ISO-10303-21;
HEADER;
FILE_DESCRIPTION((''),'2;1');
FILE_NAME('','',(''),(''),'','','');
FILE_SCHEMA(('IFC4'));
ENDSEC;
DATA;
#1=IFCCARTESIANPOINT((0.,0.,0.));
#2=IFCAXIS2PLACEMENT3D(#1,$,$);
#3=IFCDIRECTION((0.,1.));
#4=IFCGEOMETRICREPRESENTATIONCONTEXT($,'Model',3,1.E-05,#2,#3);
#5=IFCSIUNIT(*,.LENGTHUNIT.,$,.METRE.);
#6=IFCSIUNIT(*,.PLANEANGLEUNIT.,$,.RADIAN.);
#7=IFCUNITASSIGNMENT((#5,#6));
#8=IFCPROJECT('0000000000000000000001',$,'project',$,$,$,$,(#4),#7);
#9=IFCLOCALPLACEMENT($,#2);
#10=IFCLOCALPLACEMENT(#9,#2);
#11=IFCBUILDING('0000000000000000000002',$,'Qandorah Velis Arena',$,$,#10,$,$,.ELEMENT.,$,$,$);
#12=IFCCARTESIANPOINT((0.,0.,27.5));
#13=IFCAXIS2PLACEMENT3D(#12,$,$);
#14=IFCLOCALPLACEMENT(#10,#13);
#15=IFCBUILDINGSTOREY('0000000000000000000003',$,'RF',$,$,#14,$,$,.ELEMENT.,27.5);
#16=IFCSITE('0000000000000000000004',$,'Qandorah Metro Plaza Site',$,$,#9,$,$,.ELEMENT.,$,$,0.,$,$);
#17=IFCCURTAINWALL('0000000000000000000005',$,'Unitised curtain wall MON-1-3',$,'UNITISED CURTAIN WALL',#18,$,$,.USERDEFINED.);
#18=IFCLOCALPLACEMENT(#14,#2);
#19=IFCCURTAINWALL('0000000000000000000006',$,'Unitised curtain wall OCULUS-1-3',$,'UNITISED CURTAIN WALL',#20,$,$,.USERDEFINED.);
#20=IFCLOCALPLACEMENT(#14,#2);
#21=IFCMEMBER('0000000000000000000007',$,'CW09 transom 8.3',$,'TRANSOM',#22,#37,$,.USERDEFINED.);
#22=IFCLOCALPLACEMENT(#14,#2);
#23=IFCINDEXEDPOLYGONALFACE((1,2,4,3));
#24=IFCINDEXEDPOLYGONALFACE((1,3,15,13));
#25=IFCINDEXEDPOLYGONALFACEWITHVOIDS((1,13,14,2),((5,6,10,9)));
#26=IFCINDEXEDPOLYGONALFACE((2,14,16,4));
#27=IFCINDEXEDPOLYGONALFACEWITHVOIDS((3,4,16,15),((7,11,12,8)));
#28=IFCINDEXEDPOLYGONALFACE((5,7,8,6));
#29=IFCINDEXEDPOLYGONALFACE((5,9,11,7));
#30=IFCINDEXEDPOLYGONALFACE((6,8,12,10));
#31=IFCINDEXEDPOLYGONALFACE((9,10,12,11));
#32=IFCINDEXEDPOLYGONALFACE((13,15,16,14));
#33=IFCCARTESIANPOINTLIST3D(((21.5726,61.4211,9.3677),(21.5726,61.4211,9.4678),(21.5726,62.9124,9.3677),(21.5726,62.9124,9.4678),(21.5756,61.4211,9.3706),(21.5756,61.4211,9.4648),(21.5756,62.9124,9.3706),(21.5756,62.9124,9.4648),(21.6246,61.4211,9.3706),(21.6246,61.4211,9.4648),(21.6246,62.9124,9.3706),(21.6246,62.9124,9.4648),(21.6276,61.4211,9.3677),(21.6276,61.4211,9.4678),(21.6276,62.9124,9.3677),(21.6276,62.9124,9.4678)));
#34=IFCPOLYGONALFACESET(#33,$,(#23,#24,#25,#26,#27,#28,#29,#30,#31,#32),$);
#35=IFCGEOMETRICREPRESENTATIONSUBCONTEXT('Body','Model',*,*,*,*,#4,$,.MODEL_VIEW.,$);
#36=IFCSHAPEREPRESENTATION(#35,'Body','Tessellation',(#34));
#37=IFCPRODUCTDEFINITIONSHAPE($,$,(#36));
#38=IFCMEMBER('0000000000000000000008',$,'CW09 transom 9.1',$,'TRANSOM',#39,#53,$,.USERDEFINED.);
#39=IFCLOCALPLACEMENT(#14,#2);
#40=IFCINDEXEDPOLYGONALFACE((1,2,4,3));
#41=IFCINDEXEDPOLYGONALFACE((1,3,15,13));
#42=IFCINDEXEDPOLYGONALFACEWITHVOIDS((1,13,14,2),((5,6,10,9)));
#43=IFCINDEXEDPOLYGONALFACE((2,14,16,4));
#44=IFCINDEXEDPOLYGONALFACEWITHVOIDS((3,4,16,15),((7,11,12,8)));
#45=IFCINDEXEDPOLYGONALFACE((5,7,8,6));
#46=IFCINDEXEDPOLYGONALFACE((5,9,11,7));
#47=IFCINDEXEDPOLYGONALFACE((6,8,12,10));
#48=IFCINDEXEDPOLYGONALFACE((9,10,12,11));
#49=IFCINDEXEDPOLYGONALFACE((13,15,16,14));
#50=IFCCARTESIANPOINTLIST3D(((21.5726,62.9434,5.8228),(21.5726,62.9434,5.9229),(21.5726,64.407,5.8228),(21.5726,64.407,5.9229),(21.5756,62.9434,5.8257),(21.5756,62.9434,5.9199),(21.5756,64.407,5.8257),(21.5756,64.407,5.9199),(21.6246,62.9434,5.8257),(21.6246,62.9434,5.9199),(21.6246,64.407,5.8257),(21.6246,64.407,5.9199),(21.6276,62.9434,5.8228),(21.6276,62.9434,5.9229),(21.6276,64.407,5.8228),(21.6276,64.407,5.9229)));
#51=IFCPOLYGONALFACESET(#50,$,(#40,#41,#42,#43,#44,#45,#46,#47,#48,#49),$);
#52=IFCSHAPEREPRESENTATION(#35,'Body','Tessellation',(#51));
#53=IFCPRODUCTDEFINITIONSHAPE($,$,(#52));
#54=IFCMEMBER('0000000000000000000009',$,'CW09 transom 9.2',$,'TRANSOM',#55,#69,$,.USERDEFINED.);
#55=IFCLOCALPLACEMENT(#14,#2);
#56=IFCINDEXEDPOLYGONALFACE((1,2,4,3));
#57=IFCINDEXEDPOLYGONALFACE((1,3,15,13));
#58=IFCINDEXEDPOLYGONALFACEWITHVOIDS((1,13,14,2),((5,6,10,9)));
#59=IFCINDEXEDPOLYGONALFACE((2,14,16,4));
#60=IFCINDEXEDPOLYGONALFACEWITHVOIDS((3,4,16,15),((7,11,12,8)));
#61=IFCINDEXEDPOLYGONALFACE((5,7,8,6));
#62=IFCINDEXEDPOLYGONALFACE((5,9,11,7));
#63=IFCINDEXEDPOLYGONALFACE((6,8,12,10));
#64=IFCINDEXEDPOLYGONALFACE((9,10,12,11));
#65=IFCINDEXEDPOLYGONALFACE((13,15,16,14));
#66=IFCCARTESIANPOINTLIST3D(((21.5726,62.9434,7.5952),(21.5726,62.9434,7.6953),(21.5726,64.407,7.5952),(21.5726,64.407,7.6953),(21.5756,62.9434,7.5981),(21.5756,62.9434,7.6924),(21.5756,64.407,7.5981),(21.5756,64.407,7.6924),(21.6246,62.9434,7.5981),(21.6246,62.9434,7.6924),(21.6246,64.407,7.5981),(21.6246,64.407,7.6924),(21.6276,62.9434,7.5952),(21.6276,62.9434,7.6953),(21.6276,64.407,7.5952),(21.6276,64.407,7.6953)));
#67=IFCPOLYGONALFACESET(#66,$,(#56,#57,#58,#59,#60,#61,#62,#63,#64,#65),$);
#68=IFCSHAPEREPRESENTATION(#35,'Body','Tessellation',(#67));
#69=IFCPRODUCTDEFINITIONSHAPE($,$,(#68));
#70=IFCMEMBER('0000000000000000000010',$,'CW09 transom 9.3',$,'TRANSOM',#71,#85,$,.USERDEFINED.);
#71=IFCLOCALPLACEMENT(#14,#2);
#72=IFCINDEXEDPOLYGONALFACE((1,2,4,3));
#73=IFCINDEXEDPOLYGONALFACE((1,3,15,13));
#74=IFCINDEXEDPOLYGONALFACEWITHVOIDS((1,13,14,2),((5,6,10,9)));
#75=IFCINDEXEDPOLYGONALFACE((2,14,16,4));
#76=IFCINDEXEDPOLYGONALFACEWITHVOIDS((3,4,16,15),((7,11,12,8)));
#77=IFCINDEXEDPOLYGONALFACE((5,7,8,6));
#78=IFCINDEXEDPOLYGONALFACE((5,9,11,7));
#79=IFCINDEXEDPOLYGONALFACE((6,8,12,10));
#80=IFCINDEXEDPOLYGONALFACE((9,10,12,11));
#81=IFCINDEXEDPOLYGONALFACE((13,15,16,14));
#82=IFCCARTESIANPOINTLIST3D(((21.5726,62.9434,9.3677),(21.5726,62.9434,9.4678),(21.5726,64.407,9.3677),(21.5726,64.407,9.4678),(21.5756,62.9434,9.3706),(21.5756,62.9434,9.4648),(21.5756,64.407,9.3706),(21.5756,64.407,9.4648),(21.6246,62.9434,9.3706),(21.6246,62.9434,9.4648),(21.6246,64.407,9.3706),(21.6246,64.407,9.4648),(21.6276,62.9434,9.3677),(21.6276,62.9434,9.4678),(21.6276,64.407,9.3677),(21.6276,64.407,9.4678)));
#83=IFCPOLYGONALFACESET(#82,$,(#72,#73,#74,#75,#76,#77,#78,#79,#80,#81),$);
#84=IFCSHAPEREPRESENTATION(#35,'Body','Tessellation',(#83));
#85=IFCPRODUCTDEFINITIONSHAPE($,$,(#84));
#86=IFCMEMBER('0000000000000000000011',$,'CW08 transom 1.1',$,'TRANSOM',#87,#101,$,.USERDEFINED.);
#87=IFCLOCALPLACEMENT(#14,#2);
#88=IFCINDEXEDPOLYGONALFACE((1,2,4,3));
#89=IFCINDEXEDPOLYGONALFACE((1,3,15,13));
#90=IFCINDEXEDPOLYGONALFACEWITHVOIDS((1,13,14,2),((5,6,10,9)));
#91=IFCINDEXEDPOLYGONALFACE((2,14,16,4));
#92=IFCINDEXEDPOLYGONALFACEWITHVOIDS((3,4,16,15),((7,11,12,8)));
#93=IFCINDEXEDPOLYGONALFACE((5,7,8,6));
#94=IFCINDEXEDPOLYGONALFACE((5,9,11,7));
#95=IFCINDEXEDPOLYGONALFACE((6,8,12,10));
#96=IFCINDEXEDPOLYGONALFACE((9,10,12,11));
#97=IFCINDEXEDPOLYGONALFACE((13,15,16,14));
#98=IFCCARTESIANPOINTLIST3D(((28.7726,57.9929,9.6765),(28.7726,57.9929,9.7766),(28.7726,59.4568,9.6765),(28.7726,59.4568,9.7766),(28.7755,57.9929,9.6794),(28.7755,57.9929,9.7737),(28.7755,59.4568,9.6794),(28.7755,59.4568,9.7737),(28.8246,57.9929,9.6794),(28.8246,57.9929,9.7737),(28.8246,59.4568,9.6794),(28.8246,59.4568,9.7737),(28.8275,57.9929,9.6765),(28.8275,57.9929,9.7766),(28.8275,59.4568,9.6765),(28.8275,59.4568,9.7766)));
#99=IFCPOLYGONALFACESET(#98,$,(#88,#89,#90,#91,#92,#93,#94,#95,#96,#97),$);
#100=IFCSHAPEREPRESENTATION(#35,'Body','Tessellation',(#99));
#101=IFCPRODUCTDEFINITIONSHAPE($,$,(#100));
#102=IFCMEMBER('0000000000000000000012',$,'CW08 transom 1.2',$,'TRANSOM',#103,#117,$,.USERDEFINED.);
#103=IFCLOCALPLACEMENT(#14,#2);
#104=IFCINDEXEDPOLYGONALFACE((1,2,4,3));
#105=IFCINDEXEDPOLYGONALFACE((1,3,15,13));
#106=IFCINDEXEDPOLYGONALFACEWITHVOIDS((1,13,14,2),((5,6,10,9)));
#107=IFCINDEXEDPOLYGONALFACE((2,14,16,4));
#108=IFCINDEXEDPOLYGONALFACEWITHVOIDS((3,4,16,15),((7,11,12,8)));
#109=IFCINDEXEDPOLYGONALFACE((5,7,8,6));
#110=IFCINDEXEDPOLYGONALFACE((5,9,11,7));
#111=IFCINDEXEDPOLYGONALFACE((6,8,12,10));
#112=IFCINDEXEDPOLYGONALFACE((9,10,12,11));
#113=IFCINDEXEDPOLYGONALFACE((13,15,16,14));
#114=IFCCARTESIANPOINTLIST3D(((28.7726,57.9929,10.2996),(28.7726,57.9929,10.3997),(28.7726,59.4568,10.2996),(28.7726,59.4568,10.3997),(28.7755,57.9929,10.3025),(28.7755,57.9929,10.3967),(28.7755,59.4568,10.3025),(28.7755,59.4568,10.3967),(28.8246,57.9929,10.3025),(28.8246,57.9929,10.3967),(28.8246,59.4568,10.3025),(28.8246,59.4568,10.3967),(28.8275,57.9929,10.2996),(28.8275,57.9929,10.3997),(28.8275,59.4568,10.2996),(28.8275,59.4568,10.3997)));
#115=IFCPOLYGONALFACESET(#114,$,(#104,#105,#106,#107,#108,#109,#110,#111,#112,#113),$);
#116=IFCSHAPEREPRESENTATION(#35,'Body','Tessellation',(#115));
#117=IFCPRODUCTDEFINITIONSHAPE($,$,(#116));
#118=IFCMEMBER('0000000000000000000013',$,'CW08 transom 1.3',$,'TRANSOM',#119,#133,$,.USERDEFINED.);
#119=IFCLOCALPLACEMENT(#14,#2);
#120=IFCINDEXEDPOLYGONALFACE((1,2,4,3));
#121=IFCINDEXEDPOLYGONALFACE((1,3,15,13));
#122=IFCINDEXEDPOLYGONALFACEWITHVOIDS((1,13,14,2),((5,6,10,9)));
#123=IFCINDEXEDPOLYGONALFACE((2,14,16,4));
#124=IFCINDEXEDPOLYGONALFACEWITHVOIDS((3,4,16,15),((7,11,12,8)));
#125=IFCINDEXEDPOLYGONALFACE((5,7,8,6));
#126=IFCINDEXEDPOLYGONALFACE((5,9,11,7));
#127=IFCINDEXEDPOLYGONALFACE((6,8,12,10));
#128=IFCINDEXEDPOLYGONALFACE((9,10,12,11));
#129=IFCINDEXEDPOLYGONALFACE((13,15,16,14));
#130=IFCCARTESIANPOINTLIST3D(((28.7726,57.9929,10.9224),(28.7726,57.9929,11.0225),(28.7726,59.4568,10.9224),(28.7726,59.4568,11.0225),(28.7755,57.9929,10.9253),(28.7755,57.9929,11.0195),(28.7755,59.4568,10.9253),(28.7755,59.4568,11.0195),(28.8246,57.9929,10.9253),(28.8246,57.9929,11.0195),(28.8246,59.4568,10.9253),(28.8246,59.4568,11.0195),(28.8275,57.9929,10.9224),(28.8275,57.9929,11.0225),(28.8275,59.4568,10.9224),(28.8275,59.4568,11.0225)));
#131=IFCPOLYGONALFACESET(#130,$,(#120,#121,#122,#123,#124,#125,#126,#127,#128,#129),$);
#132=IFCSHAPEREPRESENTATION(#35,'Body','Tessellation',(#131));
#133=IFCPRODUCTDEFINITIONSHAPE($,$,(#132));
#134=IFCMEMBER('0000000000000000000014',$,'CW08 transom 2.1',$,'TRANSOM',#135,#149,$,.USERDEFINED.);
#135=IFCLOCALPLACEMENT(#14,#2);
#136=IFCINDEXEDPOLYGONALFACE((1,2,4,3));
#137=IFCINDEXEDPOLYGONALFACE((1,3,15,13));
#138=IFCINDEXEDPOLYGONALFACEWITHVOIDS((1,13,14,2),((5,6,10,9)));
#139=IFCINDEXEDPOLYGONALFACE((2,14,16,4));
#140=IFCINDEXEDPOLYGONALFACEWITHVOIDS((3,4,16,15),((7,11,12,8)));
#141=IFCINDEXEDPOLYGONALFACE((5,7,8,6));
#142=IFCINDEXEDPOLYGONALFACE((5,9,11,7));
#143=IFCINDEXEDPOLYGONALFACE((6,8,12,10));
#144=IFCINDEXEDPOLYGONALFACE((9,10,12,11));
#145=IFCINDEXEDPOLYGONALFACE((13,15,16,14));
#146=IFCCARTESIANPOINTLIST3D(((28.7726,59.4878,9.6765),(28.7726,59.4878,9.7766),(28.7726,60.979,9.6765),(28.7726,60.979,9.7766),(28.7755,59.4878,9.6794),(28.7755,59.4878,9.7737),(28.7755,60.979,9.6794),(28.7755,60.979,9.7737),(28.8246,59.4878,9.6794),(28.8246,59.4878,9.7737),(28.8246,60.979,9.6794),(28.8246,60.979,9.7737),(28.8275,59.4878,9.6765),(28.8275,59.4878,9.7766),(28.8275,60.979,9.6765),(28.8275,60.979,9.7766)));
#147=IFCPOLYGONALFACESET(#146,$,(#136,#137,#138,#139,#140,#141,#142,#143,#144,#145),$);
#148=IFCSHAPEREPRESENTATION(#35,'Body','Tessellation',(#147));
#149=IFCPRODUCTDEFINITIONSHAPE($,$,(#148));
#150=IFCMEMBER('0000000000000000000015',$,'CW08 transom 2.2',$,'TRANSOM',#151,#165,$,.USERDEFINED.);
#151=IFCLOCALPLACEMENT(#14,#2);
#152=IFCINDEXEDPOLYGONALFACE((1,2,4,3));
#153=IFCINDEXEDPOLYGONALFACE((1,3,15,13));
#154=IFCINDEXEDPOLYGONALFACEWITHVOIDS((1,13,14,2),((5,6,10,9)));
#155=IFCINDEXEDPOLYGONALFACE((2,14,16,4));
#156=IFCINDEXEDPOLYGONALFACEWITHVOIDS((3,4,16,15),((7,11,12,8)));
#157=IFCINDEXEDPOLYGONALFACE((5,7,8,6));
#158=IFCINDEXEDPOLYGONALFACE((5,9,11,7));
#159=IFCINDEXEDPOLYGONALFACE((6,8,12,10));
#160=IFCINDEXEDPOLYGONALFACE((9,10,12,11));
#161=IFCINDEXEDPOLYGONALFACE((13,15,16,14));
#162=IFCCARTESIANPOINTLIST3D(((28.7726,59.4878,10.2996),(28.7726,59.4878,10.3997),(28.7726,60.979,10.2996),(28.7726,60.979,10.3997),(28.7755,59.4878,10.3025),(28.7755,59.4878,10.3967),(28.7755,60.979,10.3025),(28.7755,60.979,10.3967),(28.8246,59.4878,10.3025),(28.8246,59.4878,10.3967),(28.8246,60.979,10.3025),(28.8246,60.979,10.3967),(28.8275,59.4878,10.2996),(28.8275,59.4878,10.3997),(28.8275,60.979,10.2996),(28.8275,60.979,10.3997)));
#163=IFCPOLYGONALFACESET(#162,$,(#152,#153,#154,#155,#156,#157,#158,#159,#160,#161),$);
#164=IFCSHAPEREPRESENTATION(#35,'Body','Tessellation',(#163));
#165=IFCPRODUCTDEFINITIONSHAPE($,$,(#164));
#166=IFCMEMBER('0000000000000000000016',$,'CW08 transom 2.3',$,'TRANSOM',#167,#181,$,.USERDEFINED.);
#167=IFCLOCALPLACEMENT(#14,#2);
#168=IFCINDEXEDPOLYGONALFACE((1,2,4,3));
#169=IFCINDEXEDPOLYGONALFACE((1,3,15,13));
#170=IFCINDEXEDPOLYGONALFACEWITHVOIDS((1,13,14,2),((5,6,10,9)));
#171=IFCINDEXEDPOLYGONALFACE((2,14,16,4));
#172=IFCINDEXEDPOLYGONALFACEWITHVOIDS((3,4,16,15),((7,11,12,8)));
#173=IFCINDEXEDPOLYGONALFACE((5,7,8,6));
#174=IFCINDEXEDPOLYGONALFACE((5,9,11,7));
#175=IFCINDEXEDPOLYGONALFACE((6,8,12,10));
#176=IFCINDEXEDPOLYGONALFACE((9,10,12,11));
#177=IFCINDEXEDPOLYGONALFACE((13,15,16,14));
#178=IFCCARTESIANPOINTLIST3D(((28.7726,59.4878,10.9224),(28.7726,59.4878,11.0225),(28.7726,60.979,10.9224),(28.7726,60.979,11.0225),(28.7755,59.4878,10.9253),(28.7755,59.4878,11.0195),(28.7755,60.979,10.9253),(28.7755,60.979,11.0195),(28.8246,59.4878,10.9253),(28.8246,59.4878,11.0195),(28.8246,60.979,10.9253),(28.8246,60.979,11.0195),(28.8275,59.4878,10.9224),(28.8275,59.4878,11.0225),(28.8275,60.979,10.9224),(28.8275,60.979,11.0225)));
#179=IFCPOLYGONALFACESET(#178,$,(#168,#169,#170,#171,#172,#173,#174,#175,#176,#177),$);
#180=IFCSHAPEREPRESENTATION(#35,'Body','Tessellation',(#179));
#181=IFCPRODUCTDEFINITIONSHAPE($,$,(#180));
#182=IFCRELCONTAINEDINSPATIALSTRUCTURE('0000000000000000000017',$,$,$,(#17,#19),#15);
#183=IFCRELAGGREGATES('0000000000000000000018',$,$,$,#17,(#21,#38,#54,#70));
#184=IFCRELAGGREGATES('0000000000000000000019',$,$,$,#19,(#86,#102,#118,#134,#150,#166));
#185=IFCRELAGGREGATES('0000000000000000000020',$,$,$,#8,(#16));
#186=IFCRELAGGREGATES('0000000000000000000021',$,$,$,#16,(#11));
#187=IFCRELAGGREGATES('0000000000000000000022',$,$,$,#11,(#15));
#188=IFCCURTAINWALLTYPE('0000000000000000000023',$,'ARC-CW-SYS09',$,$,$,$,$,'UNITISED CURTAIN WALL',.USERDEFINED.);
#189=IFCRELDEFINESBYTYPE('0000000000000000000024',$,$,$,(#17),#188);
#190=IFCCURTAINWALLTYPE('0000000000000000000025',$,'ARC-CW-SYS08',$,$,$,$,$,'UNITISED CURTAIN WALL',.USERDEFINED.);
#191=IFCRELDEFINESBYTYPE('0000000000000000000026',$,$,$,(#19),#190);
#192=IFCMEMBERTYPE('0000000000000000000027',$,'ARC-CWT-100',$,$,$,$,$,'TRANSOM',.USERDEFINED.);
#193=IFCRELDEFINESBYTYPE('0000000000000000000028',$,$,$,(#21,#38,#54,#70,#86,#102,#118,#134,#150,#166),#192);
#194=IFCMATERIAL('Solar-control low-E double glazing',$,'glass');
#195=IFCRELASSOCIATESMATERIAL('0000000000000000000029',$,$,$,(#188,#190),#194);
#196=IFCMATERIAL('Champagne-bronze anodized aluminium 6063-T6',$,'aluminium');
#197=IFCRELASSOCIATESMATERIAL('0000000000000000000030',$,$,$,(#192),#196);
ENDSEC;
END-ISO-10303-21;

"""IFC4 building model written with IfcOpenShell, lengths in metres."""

from ifc_helpers import new_model, si_unit, direction, frame, origin, origin_2d, place, context, subcontext, project, spatial, hollow_rectangle, extrude, material, material_profile, profile_set, type_object, element, aggregate, save


model = new_model("IFC4")

# Units and contexts
model_context = context("Model", 3, precision=1e-05, world=origin(), true_north=direction((0.0, 1.0)))
body_context = subcontext(model_context, "Body", "Model", "MODEL_VIEW")
ifc_project = project(units=[si_unit("LENGTHUNIT", "METRE"), si_unit("PLANEANGLEUNIT", "RADIAN")], contexts=[model_context])

# Site, building, storey
site_placement = place(None, origin())
site = spatial("IfcSite", under=ifc_project, at=site_placement, Name="Qandorah Metro Plaza Site", CompositionType="ELEMENT", RefElevation=0.0)
building_placement = place(site_placement, origin())
building = spatial("IfcBuilding", under=site, at=building_placement, Name="Qandorah Velis Arena", CompositionType="ELEMENT")
storey_placement = place(building_placement, frame((0.0, 0.0, 27.5)))
storey = spatial("IfcBuildingStorey", under=building, at=storey_placement, Name="RF", CompositionType="ELEMENT", Elevation=27.5)

# Curtain walls
ifc_material_1 = material(Name="Solar-control low-E double glazing", Category="glass")
curtain_wall_type_1 = type_object("IfcCurtainWallType", Name="ARC-CW-SYS09", ElementType="UNITISED CURTAIN WALL", PredefinedType="USERDEFINED", material=ifc_material_1)
curtain_wall_1_placement = place(storey_placement, origin())
curtain_wall_1 = element("IfcCurtainWall", 1, at=curtain_wall_1_placement, inside=storey, type_object=curtain_wall_type_1, Name="Unitised curtain wall MON-1-3", ObjectType="UNITISED CURTAIN WALL", PredefinedType="USERDEFINED")
ifc_material_2 = material(Name="Champagne-bronze anodized aluminium 6063-T6", Category="aluminium")
curtain_wall_type_2 = type_object("IfcCurtainWallType", Name="ARC-CW-SYS08", ElementType="UNITISED CURTAIN WALL", PredefinedType="USERDEFINED", material=ifc_material_1)
curtain_wall_2_placement = place(storey_placement, origin())
curtain_wall_2 = element("IfcCurtainWall", 2, at=curtain_wall_2_placement, inside=storey, type_object=curtain_wall_type_2, Name="Unitised curtain wall OCULUS-1-3", ObjectType="UNITISED CURTAIN WALL", PredefinedType="USERDEFINED")

# Members
ifc_material_profile_1 = material_profile(ifc_material_2, hollow_rectangle(XDim=0.0549, YDim=0.1001, WallThickness=0.0029, at=origin_2d()), Name="ALU TRANSOM 55x100")
ifc_profile_set_1 = profile_set([ifc_material_profile_1], Name="Champagne-bronze anodized aluminium 6063-T6")
member_type_1 = type_object("IfcMemberType", Name="ARC-CWT-100", ElementType="TRANSOM", PredefinedType="USERDEFINED", material=ifc_profile_set_1)
member_1_placement = place(storey_placement, frame((21.6001, 61.4211, 9.4177), z_axis=(0.0, 1.0, 0.0), x_axis=(-1.0, 0.0, 0.0)))
member_1 = element("IfcMember", 3, at=member_1_placement, type_object=member_type_1, Name="CW09 transom 8.3", ObjectType="TRANSOM", PredefinedType="USERDEFINED", context=body_context, shape_type="SweptSolid", body=[
    extrude(hollow_rectangle(XDim=0.0549, YDim=0.1001, WallThickness=0.0029, at=origin_2d()), origin(), (0.0, 0.0, 1.0), 1.4912),
])
member_2_placement = place(storey_placement, frame((21.6001, 62.9434, 5.8728), z_axis=(0.0, 1.0, 0.0), x_axis=(-1.0, 0.0, 0.0)))
member_2 = element("IfcMember", 4, at=member_2_placement, type_object=member_type_1, Name="CW09 transom 9.1", ObjectType="TRANSOM", PredefinedType="USERDEFINED", context=body_context, shape_type="SweptSolid", body=[
    extrude(hollow_rectangle(XDim=0.0549, YDim=0.1001, WallThickness=0.0029, at=origin_2d()), origin(), (0.0, 0.0, 1.0), 1.4636),
])
member_3_placement = place(storey_placement, frame((21.6001, 62.9434, 7.6453), z_axis=(0.0, 1.0, 0.0), x_axis=(-1.0, 0.0, 0.0)))
member_3 = element("IfcMember", 5, at=member_3_placement, type_object=member_type_1, Name="CW09 transom 9.2", ObjectType="TRANSOM", PredefinedType="USERDEFINED", context=body_context, shape_type="SweptSolid", body=[
    extrude(hollow_rectangle(XDim=0.0549, YDim=0.1001, WallThickness=0.0029, at=origin_2d()), origin(), (0.0, 0.0, 1.0), 1.4636),
])
member_4_placement = place(storey_placement, frame((21.6001, 62.9434, 9.4177), z_axis=(0.0, 1.0, 0.0), x_axis=(-1.0, 0.0, 0.0)))
member_4 = element("IfcMember", 6, at=member_4_placement, type_object=member_type_1, Name="CW09 transom 9.3", ObjectType="TRANSOM", PredefinedType="USERDEFINED", context=body_context, shape_type="SweptSolid", body=[
    extrude(hollow_rectangle(XDim=0.0549, YDim=0.1001, WallThickness=0.0029, at=origin_2d()), origin(), (0.0, 0.0, 1.0), 1.4636),
])
member_5_placement = place(storey_placement, frame((28.8, 57.9929, 9.7266), z_axis=(0.0, 1.0, 0.0), x_axis=(-1.0, 0.0, 0.0)))
member_5 = element("IfcMember", 7, at=member_5_placement, type_object=member_type_1, Name="CW08 transom 1.1", ObjectType="TRANSOM", PredefinedType="USERDEFINED", context=body_context, shape_type="SweptSolid", body=[
    extrude(hollow_rectangle(XDim=0.0549, YDim=0.1001, WallThickness=0.0029, at=origin_2d()), origin(), (0.0, 0.0, 1.0), 1.4639),
])
member_6_placement = place(storey_placement, frame((28.8, 57.9929, 10.3496), z_axis=(0.0, 1.0, 0.0), x_axis=(-1.0, 0.0, 0.0)))
member_6 = element("IfcMember", 8, at=member_6_placement, type_object=member_type_1, Name="CW08 transom 1.2", ObjectType="TRANSOM", PredefinedType="USERDEFINED", context=body_context, shape_type="SweptSolid", body=[
    extrude(hollow_rectangle(XDim=0.0549, YDim=0.1001, WallThickness=0.0029, at=origin_2d()), origin(), (0.0, 0.0, 1.0), 1.4639),
])
member_7_placement = place(storey_placement, frame((28.8, 57.9929, 10.9724), z_axis=(0.0, 1.0, 0.0), x_axis=(-1.0, 0.0, 0.0)))
member_7 = element("IfcMember", 9, at=member_7_placement, type_object=member_type_1, Name="CW08 transom 1.3", ObjectType="TRANSOM", PredefinedType="USERDEFINED", context=body_context, shape_type="SweptSolid", body=[
    extrude(hollow_rectangle(XDim=0.0549, YDim=0.1001, WallThickness=0.0029, at=origin_2d()), origin(), (0.0, 0.0, 1.0), 1.4639),
])
member_8_placement = place(storey_placement, frame((28.8, 59.4878, 9.7266), z_axis=(0.0, 1.0, 0.0), x_axis=(-1.0, 0.0, 0.0)))
member_8 = element("IfcMember", 10, at=member_8_placement, type_object=member_type_1, Name="CW08 transom 2.1", ObjectType="TRANSOM", PredefinedType="USERDEFINED", context=body_context, shape_type="SweptSolid", body=[
    extrude(hollow_rectangle(XDim=0.0549, YDim=0.1001, WallThickness=0.0029, at=origin_2d()), origin(), (0.0, 0.0, 1.0), 1.4912),
])
member_9_placement = place(storey_placement, frame((28.8, 59.4878, 10.3496), z_axis=(0.0, 1.0, 0.0), x_axis=(-1.0, 0.0, 0.0)))
member_9 = element("IfcMember", 11, at=member_9_placement, type_object=member_type_1, Name="CW08 transom 2.2", ObjectType="TRANSOM", PredefinedType="USERDEFINED", context=body_context, shape_type="SweptSolid", body=[
    extrude(hollow_rectangle(XDim=0.0549, YDim=0.1001, WallThickness=0.0029, at=origin_2d()), origin(), (0.0, 0.0, 1.0), 1.4912),
])
member_10_placement = place(storey_placement, frame((28.8, 59.4878, 10.9724), z_axis=(0.0, 1.0, 0.0), x_axis=(-1.0, 0.0, 0.0)))
member_10 = element("IfcMember", 12, at=member_10_placement, type_object=member_type_1, Name="CW08 transom 2.3", ObjectType="TRANSOM", PredefinedType="USERDEFINED", context=body_context, shape_type="SweptSolid", body=[
    extrude(hollow_rectangle(XDim=0.0549, YDim=0.1001, WallThickness=0.0029, at=origin_2d()), origin(), (0.0, 0.0, 1.0), 1.4912),
])

aggregate(curtain_wall_1, [member_1, member_2, member_3, member_4])
aggregate(curtain_wall_2, [member_5, member_6, member_7, member_8, member_9, member_10])

save(model, "model.ifc")
